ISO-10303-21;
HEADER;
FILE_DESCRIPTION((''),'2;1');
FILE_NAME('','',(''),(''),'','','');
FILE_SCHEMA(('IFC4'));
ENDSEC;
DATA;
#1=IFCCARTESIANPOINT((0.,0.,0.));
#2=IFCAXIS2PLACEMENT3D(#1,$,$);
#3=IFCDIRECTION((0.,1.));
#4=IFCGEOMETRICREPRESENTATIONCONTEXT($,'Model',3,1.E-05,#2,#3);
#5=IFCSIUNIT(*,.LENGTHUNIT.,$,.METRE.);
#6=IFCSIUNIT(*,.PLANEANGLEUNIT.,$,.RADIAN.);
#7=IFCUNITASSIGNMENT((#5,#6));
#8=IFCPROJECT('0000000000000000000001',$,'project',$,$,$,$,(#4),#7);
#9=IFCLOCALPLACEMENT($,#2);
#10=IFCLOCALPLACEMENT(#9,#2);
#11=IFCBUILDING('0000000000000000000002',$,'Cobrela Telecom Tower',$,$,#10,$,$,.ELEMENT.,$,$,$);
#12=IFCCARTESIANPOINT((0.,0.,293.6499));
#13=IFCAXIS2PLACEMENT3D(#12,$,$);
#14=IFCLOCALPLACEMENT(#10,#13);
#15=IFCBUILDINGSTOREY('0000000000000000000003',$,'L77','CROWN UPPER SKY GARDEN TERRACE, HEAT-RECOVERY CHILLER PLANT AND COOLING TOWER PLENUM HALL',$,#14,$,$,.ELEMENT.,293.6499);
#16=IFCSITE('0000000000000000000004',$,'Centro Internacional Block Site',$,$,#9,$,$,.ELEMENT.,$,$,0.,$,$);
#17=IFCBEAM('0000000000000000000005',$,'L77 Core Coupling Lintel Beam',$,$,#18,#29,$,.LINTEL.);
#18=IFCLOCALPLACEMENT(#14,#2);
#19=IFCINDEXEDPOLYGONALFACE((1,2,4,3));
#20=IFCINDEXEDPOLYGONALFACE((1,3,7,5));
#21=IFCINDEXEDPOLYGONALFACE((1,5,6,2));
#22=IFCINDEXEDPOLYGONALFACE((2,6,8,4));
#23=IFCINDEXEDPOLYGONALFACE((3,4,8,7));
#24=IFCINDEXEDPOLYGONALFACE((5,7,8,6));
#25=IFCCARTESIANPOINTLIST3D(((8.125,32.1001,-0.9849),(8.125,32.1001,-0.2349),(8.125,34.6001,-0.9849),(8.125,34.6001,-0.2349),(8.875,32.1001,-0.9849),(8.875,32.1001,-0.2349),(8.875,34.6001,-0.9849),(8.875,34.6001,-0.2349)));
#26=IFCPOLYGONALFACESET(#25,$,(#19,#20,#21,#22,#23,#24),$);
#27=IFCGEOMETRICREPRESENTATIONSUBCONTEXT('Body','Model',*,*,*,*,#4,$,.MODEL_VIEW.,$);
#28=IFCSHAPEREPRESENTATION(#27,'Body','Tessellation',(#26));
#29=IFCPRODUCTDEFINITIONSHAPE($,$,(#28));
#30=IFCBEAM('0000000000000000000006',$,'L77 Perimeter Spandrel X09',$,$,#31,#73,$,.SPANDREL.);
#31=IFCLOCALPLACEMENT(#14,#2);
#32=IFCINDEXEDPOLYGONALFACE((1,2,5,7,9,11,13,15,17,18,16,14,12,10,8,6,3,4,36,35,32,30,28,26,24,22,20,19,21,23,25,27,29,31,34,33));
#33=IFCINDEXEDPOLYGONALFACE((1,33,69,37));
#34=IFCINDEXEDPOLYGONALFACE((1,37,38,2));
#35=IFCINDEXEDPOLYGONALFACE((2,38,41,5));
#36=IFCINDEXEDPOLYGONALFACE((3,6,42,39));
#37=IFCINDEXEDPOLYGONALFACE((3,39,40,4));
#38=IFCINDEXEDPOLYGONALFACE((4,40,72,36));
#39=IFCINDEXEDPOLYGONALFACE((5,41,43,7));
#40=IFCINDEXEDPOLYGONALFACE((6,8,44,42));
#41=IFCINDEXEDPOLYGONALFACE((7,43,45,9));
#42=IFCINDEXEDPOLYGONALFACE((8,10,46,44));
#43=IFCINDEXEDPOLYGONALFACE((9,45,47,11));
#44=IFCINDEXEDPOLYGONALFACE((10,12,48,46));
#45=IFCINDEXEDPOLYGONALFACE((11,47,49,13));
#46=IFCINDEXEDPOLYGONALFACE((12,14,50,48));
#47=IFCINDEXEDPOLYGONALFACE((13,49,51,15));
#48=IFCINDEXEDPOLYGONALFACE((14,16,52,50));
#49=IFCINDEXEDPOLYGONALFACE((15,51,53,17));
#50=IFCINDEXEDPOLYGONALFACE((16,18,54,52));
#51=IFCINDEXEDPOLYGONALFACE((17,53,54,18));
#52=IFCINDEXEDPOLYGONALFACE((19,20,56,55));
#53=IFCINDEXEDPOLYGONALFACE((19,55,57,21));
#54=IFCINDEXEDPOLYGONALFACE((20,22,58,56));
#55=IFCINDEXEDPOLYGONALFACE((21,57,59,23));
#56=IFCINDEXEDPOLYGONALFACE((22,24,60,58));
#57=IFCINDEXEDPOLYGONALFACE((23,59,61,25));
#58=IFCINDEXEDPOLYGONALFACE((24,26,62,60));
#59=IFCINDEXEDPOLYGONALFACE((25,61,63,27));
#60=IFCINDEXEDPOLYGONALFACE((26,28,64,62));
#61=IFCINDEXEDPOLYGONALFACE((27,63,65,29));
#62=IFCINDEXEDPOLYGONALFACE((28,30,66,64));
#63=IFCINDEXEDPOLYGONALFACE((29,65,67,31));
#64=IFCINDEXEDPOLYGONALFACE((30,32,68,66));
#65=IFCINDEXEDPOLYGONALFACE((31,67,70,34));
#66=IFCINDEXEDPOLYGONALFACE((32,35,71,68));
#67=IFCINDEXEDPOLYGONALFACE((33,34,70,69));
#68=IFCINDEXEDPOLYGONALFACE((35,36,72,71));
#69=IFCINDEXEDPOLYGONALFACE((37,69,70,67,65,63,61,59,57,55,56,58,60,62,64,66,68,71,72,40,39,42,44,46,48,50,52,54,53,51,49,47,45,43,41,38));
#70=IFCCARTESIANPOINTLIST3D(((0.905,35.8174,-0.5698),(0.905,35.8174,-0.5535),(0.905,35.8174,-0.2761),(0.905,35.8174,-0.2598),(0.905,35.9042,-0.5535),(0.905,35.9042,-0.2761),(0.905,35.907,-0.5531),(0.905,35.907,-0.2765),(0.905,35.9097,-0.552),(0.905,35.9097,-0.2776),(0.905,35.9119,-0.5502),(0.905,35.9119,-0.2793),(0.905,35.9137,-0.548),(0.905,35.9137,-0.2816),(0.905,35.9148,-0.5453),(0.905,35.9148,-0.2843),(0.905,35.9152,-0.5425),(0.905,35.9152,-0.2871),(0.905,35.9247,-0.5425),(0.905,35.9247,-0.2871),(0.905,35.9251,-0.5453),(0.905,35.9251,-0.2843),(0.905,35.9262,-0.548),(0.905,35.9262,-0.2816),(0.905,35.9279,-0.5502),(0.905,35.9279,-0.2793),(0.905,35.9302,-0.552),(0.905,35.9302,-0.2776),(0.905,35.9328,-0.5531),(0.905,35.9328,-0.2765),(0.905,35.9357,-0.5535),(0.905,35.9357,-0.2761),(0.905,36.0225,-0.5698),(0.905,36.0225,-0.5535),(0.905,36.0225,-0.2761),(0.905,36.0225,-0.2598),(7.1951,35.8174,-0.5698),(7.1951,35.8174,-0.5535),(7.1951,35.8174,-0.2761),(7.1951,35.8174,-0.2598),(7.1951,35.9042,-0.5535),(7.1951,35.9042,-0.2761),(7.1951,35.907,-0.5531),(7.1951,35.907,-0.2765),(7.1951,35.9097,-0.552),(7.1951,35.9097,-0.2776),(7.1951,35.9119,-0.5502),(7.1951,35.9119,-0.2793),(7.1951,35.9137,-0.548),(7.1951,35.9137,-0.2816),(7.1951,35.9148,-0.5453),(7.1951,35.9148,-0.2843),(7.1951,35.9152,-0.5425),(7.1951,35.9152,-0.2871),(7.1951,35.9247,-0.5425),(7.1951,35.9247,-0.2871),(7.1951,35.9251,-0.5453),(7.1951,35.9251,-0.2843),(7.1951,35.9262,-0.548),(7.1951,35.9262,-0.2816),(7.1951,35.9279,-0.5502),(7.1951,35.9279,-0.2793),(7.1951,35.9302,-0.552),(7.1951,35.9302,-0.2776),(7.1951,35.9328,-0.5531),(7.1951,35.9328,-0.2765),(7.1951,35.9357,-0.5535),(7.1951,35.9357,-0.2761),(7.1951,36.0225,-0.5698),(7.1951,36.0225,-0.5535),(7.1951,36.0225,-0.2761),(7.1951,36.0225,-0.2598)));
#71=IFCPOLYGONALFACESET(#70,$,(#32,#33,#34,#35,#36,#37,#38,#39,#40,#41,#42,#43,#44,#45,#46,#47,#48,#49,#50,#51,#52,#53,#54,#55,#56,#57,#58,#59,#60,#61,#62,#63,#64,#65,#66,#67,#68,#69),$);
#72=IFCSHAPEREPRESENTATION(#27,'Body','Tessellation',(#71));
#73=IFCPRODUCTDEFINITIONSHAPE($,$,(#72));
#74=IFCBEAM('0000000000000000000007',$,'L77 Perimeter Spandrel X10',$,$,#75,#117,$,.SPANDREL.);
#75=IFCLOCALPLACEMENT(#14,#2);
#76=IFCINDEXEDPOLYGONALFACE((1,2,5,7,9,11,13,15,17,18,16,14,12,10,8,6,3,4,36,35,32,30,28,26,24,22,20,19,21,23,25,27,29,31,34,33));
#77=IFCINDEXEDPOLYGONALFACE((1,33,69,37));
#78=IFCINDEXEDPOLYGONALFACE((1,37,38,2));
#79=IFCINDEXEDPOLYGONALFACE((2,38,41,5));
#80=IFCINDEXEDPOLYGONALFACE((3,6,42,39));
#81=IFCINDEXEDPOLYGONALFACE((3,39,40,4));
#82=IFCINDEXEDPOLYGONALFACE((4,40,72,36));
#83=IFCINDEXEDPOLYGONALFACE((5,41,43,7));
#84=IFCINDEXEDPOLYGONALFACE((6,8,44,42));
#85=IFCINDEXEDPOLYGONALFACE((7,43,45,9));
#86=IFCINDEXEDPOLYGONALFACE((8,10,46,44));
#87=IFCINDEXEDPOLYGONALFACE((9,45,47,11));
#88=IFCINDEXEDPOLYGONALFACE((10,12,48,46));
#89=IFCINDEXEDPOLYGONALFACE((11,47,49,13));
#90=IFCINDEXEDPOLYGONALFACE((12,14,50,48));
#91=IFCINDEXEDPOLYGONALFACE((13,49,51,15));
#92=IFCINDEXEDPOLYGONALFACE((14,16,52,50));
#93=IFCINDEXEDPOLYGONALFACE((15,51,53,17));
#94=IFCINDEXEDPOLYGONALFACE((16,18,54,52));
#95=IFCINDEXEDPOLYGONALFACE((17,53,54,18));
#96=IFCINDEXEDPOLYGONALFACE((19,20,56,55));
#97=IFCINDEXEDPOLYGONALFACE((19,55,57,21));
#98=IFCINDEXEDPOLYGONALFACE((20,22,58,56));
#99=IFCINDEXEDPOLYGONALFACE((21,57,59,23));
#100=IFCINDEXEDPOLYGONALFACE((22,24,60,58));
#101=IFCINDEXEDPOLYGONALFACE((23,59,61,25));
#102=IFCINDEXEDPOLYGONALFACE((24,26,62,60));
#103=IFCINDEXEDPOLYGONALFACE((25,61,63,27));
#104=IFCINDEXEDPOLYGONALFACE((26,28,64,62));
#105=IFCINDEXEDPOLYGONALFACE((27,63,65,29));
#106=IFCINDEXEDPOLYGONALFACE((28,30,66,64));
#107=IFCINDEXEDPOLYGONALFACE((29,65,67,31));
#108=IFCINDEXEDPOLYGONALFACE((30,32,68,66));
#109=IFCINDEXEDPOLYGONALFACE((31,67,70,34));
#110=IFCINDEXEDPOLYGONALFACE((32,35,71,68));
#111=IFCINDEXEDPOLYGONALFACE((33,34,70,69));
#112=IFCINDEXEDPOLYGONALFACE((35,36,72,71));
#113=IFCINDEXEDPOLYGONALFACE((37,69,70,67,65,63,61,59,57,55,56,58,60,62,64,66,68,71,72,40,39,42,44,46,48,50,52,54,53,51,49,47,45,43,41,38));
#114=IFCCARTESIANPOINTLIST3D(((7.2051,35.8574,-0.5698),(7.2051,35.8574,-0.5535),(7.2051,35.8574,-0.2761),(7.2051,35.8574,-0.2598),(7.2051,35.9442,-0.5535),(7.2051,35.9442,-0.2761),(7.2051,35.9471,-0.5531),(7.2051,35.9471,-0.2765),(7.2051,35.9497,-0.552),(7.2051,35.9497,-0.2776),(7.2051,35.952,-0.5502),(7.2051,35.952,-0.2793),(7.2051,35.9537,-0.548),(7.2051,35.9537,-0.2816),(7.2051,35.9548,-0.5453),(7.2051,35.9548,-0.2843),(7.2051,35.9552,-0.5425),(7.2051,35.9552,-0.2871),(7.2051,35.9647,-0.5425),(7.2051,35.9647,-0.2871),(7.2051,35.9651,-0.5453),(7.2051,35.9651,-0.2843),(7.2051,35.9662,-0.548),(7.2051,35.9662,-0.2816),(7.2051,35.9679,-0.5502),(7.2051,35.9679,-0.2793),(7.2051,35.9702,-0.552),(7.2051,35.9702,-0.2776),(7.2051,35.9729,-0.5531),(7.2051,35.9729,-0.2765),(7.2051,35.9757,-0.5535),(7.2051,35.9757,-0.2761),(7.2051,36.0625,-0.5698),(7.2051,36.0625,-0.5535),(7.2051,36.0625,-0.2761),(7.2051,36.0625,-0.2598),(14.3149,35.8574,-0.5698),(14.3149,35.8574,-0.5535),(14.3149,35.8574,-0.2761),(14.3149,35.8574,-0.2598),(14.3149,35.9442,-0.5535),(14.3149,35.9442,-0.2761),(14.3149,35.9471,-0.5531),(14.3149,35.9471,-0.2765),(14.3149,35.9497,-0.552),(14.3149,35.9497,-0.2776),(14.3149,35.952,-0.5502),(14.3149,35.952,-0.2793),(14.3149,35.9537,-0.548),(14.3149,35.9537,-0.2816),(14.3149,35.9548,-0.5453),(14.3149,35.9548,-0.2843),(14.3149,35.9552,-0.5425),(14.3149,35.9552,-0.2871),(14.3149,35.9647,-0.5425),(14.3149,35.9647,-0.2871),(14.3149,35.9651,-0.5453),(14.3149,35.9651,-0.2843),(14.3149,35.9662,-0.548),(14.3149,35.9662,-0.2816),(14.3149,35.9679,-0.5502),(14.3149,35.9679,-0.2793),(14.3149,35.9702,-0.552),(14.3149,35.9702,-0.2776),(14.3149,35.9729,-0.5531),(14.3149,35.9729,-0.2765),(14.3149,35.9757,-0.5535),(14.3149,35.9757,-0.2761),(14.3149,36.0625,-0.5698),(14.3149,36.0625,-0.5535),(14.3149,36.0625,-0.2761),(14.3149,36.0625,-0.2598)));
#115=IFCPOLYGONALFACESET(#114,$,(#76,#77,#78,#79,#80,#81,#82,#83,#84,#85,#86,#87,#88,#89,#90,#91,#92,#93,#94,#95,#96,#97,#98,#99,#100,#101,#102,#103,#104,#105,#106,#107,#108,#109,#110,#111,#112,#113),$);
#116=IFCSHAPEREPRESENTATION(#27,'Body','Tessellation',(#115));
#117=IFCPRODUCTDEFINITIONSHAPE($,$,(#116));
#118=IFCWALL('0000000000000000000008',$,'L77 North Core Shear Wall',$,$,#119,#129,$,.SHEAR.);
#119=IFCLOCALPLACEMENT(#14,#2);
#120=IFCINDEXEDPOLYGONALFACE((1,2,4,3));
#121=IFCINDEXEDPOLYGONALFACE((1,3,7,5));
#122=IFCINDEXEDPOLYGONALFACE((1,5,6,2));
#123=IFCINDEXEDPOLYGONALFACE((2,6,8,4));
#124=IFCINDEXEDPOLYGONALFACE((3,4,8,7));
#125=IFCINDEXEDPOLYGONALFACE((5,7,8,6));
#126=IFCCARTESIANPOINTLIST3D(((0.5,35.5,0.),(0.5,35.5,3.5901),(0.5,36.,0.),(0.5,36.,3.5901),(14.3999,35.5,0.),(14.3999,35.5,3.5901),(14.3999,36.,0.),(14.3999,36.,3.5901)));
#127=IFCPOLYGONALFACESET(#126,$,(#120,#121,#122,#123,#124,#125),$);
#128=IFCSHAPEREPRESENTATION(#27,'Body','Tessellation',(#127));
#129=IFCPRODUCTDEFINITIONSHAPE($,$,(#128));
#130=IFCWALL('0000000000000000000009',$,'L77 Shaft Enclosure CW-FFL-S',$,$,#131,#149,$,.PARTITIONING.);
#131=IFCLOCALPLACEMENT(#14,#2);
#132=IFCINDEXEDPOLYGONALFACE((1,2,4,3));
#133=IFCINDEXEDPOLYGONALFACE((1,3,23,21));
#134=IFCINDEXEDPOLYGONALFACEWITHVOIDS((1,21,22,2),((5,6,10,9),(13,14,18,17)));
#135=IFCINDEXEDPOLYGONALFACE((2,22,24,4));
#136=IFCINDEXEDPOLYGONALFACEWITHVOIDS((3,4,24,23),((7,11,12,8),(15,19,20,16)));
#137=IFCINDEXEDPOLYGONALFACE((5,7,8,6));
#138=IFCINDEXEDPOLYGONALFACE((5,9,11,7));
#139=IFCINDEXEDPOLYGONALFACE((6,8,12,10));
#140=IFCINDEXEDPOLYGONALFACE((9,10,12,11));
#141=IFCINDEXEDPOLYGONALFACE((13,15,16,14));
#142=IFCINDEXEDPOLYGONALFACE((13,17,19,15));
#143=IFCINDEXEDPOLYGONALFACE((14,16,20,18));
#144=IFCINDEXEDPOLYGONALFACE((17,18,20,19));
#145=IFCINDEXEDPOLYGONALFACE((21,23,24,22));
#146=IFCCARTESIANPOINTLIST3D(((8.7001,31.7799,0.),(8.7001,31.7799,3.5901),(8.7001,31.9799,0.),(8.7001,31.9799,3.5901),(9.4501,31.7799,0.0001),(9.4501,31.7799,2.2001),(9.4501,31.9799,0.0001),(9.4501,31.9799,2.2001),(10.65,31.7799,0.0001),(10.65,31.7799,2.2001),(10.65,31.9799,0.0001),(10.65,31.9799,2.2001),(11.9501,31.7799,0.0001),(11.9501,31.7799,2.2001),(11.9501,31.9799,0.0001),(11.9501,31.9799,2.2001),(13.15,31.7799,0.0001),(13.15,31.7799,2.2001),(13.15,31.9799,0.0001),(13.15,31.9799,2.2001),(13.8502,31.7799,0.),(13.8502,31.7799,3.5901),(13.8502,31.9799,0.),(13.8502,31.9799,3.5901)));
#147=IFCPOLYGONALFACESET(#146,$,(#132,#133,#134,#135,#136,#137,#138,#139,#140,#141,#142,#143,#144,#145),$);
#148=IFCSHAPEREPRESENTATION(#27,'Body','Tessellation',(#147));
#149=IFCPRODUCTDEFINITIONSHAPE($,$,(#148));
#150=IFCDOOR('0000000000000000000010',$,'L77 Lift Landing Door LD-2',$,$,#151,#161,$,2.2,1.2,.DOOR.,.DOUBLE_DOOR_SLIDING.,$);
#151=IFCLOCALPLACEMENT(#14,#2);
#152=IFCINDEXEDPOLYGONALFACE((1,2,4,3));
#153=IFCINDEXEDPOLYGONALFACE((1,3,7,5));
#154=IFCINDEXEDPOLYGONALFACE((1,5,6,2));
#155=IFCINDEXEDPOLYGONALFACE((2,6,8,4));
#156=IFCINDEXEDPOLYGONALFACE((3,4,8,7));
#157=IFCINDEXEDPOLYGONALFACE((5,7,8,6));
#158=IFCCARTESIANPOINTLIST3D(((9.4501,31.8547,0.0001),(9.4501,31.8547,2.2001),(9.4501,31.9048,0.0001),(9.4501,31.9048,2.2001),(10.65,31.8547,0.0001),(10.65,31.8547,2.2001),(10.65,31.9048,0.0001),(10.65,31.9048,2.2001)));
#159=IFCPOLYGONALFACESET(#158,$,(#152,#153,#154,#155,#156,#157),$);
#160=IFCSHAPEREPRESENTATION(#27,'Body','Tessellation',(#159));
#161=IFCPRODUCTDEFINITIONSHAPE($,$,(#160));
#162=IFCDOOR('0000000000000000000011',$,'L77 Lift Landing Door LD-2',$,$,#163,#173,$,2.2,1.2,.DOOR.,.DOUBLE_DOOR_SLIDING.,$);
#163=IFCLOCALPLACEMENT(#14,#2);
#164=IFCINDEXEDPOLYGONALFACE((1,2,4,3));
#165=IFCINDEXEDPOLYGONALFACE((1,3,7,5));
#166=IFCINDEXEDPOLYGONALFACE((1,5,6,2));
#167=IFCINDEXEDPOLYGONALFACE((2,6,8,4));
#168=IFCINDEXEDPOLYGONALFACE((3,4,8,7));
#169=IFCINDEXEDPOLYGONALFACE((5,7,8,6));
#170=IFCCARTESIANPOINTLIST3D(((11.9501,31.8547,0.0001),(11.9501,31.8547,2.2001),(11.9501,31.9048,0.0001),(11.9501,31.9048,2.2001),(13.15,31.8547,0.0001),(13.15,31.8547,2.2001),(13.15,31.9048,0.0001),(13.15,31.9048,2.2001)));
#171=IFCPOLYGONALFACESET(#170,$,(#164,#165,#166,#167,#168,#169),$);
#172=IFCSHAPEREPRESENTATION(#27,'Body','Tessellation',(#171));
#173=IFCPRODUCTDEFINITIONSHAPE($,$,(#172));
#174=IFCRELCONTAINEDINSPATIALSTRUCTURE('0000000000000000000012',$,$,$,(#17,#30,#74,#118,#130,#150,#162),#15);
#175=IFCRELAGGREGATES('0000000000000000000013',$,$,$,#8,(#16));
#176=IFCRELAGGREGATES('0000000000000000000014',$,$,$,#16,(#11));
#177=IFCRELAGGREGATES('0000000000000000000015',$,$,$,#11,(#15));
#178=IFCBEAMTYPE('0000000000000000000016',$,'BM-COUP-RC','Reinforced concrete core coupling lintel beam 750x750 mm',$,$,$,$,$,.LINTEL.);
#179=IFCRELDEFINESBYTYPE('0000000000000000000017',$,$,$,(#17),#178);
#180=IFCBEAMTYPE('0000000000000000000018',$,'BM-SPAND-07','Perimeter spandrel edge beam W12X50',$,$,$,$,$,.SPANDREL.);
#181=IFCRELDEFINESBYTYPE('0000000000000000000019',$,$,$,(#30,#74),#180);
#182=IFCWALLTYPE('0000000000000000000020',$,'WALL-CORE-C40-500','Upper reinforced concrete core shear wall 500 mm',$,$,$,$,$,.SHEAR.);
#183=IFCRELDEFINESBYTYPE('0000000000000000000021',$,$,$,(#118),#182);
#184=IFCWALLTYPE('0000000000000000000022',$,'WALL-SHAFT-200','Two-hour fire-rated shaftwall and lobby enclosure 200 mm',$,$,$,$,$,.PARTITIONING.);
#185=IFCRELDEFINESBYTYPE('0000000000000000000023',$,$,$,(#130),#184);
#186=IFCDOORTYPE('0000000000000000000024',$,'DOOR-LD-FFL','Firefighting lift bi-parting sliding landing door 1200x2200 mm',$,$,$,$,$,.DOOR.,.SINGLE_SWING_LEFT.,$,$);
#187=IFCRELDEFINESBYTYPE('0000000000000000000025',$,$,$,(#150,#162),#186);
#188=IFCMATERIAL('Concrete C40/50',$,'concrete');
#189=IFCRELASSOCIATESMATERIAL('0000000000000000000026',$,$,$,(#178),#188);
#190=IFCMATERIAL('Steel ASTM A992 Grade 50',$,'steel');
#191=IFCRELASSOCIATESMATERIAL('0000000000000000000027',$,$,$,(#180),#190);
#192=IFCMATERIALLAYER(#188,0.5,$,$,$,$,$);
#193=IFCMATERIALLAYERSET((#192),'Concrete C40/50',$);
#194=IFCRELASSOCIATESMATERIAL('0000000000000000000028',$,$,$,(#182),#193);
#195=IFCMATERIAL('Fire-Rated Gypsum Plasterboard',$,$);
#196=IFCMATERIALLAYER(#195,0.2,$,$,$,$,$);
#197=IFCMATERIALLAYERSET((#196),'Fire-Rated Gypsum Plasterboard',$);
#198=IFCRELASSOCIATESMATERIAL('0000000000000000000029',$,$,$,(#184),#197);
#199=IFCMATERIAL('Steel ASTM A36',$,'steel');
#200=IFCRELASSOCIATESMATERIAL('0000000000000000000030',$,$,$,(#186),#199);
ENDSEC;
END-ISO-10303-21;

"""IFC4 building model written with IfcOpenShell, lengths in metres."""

from ifc_helpers import new_model, si_unit, direction, frame, frame_2d, origin, origin_2d, place, context, subcontext, project, spatial, rectangle, i_section, extrude, material, layer, layer_set, material_profile, profile_set, type_object, element, fill, save


model = new_model("IFC4")

# Units and contexts
model_context = context("Model", 3, precision=1e-05, world=origin(), true_north=direction((0.0, 1.0)))
body_context = subcontext(model_context, "Body", "Model", "MODEL_VIEW")
ifc_project = project(units=[si_unit("LENGTHUNIT", "METRE"), si_unit("PLANEANGLEUNIT", "RADIAN")], contexts=[model_context])

# Site, building, storey
site_placement = place(None, origin())
site = spatial("IfcSite", under=ifc_project, at=site_placement, Name="Centro Internacional Block Site", CompositionType="ELEMENT", RefElevation=0.0)
building_placement = place(site_placement, origin())
building = spatial("IfcBuilding", under=site, at=building_placement, Name="Cobrela Telecom Tower", CompositionType="ELEMENT")
storey_placement = place(building_placement, frame((0.0, 0.0, 293.6499)))
storey = spatial("IfcBuildingStorey", under=building, at=storey_placement, Name="L77", Description="CROWN UPPER SKY GARDEN TERRACE, HEAT-RECOVERY CHILLER PLANT AND COOLING TOWER PLENUM HALL", CompositionType="ELEMENT", Elevation=293.6499)

# Beams
ifc_material_1 = material(Name="Concrete C40/50", Category="concrete")
ifc_material_profile_1 = material_profile(ifc_material_1, rectangle(XDim=0.75, YDim=0.75, at=origin_2d()), Name="RC 750x750")
ifc_profile_set_1 = profile_set([ifc_material_profile_1], Name="Concrete C40/50")
beam_type_1 = type_object("IfcBeamType", Name="BM-COUP-RC", Description="Reinforced concrete core coupling lintel beam 750x750 mm", PredefinedType="LINTEL", material=ifc_profile_set_1)
beam_1_placement = place(storey_placement, frame((8.5, 32.1001, -0.6099), z_axis=(0.0, 1.0, 0.0), x_axis=(-1.0, 0.0, 0.0)))
element("IfcBeam", 1, at=beam_1_placement, inside=storey, type_object=beam_type_1, Name="L77 Core Coupling Lintel Beam", PredefinedType="LINTEL", context=body_context, shape_type="SweptSolid", body=[
    extrude(rectangle(XDim=0.75, YDim=0.75, at=origin_2d()), origin(), (0.0, 0.0, 1.0), 2.5),
])
ifc_material_2 = material(Name="Steel ASTM A992 Grade 50", Category="steel")
ifc_material_profile_2 = material_profile(ifc_material_2, i_section(OverallWidth=0.2051, OverallDepth=0.3101, WebThickness=0.0095, FlangeThickness=0.0164, FilletRadius=0.011, at=origin_2d()), Name="W12X50")
ifc_profile_set_2 = profile_set([ifc_material_profile_2], Name="Steel ASTM A992 Grade 50")
beam_type_2 = type_object("IfcBeamType", Name="BM-SPAND-07", Description="Perimeter spandrel edge beam W12X50", PredefinedType="SPANDREL", material=ifc_profile_set_2)
beam_2_placement = place(storey_placement, frame((0.905, 35.9199, -0.4148), z_axis=(1.0, 0.0, 0.0), x_axis=(0.0, 1.0, 0.0)))
element("IfcBeam", 2, at=beam_2_placement, inside=storey, type_object=beam_type_2, Name="L77 Perimeter Spandrel X09", PredefinedType="SPANDREL", context=body_context, shape_type="SweptSolid", body=[
    extrude(i_section(OverallWidth=0.2051, OverallDepth=0.3101, WebThickness=0.0095, FlangeThickness=0.0164, FilletRadius=0.011, at=origin_2d()), origin(), (0.0, 0.0, 1.0), 6.29),
])
beam_3_placement = place(storey_placement, frame((7.2051, 35.96, -0.4148), z_axis=(1.0, 0.0, 0.0), x_axis=(0.0, 1.0, 0.0)))
element("IfcBeam", 3, at=beam_3_placement, inside=storey, type_object=beam_type_2, Name="L77 Perimeter Spandrel X10", PredefinedType="SPANDREL", context=body_context, shape_type="SweptSolid", body=[
    extrude(i_section(OverallWidth=0.2051, OverallDepth=0.3101, WebThickness=0.0095, FlangeThickness=0.0164, FilletRadius=0.011, at=origin_2d()), origin(), (0.0, 0.0, 1.0), 7.1099),
])

# Wall
ifc_layer_1 = layer(ifc_material_1, 0.5)
ifc_layer_set_1 = layer_set([ifc_layer_1], Name="Concrete C40/50")
wall_type_1 = type_object("IfcWallType", Name="WALL-CORE-C40-500", Description="Upper reinforced concrete core shear wall 500 mm", PredefinedType="SHEAR", material=ifc_layer_set_1)
wall_1_placement = place(storey_placement, frame((0.5, 35.75, 0.0), z_axis=(0.0, 0.0, 1.0), x_axis=(1.0, 0.0, 0.0)))
element("IfcWall", 4, at=wall_1_placement, inside=storey, type_object=wall_type_1, Name="L77 North Core Shear Wall", PredefinedType="SHEAR", context=body_context, shape_type="SweptSolid", body=[
    extrude(rectangle(XDim=13.8999, YDim=0.5, at=frame_2d((6.95, 0.0))), origin(), (0.0, 0.0, 1.0), 3.5901),
])

# Wall, openings, doors
ifc_material_3 = material(Name="Steel ASTM A36", Category="steel")
ifc_material_4 = material(Name="Fire-Rated Gypsum Plasterboard")
ifc_layer_2 = layer(ifc_material_4, 0.2)
ifc_layer_set_2 = layer_set([ifc_layer_2], Name="Fire-Rated Gypsum Plasterboard")
wall_type_2 = type_object("IfcWallType", Name="WALL-SHAFT-200", Description="Two-hour fire-rated shaftwall and lobby enclosure 200 mm", PredefinedType="PARTITIONING", material=ifc_layer_set_2)
wall_2_placement = place(storey_placement, frame((8.7, 31.8799, 0.0), z_axis=(0.0, 0.0, 1.0), x_axis=(1.0, 0.0, 0.0)))
wall_2 = element("IfcWall", 5, at=wall_2_placement, inside=storey, type_object=wall_type_2, Name="L77 Shaft Enclosure CW-FFL-S", PredefinedType="PARTITIONING", context=body_context, shape_type="SweptSolid", body=[
    extrude(rectangle(XDim=5.1501, YDim=0.2, at=frame_2d((2.5752, 0.0))), origin(), (0.0, 0.0, 1.0), 3.5901),
])
opening_1_placement = place(wall_2_placement, frame((0.75, 0.0, 0.0)))
opening_1 = element("IfcOpeningElement", 6, at=opening_1_placement, cuts=wall_2, PredefinedType="OPENING", context=body_context, shape_type="SweptSolid", body=[
    extrude(rectangle(XDim=1.2, YDim=2.2, at=frame_2d((0.6001, 1.1001))), frame((0.0, 0.1118, 0.0), z_axis=(0.0, -1.0, 0.0), x_axis=(1.0, 0.0, 0.0)), (0.0, 0.0, 1.0), 0.2239),
])
opening_2_placement = place(wall_2_placement, frame((3.25, 0.0, 0.0)))
opening_2 = element("IfcOpeningElement", 7, at=opening_2_placement, cuts=wall_2, PredefinedType="OPENING", context=body_context, shape_type="SweptSolid", body=[
    extrude(rectangle(XDim=1.2, YDim=2.2, at=frame_2d((0.6001, 1.1001))), frame((0.0, 0.1118, 0.0), z_axis=(0.0, -1.0, 0.0), x_axis=(1.0, 0.0, 0.0)), (0.0, 0.0, 1.0), 0.2239),
])
door_type_1 = type_object("IfcDoorType", Name="DOOR-LD-FFL", Description="Firefighting lift bi-parting sliding landing door 1200x2200 mm", OperationType="SINGLE_SWING_LEFT", PredefinedType="DOOR", material=ifc_material_3)
door_1_placement = place(opening_1_placement, origin())
door_1 = element("IfcDoor", 8, at=door_1_placement, inside=storey, type_object=door_type_1, Name="L77 Lift Landing Door LD-2", OperationType="DOUBLE_DOOR_SLIDING", OverallHeight=2.2, OverallWidth=1.2, PredefinedType="DOOR", context=body_context, shape_type="SweptSolid", body=[
    extrude(rectangle(XDim=1.2, YDim=2.2, at=frame_2d((0.6001, 1.1001))), frame((0.0, 0.0249, 0.0), z_axis=(0.0, -1.0, 0.0), x_axis=(1.0, 0.0, 0.0)), (0.0, 0.0, 1.0), 0.05),
])
fill(opening_1, door_1)
door_2_placement = place(opening_2_placement, origin())
door_2 = element("IfcDoor", 9, at=door_2_placement, inside=storey, type_object=door_type_1, Name="L77 Lift Landing Door LD-2", OperationType="DOUBLE_DOOR_SLIDING", OverallHeight=2.2, OverallWidth=1.2, PredefinedType="DOOR", context=body_context, shape_type="SweptSolid", body=[
    extrude(rectangle(XDim=1.2, YDim=2.2, at=frame_2d((0.6001, 1.1001))), frame((0.0, 0.0249, 0.0), z_axis=(0.0, -1.0, 0.0), x_axis=(1.0, 0.0, 0.0)), (0.0, 0.0, 1.0), 0.05),
])
fill(opening_2, door_2)

save(model, "model.ifc")
